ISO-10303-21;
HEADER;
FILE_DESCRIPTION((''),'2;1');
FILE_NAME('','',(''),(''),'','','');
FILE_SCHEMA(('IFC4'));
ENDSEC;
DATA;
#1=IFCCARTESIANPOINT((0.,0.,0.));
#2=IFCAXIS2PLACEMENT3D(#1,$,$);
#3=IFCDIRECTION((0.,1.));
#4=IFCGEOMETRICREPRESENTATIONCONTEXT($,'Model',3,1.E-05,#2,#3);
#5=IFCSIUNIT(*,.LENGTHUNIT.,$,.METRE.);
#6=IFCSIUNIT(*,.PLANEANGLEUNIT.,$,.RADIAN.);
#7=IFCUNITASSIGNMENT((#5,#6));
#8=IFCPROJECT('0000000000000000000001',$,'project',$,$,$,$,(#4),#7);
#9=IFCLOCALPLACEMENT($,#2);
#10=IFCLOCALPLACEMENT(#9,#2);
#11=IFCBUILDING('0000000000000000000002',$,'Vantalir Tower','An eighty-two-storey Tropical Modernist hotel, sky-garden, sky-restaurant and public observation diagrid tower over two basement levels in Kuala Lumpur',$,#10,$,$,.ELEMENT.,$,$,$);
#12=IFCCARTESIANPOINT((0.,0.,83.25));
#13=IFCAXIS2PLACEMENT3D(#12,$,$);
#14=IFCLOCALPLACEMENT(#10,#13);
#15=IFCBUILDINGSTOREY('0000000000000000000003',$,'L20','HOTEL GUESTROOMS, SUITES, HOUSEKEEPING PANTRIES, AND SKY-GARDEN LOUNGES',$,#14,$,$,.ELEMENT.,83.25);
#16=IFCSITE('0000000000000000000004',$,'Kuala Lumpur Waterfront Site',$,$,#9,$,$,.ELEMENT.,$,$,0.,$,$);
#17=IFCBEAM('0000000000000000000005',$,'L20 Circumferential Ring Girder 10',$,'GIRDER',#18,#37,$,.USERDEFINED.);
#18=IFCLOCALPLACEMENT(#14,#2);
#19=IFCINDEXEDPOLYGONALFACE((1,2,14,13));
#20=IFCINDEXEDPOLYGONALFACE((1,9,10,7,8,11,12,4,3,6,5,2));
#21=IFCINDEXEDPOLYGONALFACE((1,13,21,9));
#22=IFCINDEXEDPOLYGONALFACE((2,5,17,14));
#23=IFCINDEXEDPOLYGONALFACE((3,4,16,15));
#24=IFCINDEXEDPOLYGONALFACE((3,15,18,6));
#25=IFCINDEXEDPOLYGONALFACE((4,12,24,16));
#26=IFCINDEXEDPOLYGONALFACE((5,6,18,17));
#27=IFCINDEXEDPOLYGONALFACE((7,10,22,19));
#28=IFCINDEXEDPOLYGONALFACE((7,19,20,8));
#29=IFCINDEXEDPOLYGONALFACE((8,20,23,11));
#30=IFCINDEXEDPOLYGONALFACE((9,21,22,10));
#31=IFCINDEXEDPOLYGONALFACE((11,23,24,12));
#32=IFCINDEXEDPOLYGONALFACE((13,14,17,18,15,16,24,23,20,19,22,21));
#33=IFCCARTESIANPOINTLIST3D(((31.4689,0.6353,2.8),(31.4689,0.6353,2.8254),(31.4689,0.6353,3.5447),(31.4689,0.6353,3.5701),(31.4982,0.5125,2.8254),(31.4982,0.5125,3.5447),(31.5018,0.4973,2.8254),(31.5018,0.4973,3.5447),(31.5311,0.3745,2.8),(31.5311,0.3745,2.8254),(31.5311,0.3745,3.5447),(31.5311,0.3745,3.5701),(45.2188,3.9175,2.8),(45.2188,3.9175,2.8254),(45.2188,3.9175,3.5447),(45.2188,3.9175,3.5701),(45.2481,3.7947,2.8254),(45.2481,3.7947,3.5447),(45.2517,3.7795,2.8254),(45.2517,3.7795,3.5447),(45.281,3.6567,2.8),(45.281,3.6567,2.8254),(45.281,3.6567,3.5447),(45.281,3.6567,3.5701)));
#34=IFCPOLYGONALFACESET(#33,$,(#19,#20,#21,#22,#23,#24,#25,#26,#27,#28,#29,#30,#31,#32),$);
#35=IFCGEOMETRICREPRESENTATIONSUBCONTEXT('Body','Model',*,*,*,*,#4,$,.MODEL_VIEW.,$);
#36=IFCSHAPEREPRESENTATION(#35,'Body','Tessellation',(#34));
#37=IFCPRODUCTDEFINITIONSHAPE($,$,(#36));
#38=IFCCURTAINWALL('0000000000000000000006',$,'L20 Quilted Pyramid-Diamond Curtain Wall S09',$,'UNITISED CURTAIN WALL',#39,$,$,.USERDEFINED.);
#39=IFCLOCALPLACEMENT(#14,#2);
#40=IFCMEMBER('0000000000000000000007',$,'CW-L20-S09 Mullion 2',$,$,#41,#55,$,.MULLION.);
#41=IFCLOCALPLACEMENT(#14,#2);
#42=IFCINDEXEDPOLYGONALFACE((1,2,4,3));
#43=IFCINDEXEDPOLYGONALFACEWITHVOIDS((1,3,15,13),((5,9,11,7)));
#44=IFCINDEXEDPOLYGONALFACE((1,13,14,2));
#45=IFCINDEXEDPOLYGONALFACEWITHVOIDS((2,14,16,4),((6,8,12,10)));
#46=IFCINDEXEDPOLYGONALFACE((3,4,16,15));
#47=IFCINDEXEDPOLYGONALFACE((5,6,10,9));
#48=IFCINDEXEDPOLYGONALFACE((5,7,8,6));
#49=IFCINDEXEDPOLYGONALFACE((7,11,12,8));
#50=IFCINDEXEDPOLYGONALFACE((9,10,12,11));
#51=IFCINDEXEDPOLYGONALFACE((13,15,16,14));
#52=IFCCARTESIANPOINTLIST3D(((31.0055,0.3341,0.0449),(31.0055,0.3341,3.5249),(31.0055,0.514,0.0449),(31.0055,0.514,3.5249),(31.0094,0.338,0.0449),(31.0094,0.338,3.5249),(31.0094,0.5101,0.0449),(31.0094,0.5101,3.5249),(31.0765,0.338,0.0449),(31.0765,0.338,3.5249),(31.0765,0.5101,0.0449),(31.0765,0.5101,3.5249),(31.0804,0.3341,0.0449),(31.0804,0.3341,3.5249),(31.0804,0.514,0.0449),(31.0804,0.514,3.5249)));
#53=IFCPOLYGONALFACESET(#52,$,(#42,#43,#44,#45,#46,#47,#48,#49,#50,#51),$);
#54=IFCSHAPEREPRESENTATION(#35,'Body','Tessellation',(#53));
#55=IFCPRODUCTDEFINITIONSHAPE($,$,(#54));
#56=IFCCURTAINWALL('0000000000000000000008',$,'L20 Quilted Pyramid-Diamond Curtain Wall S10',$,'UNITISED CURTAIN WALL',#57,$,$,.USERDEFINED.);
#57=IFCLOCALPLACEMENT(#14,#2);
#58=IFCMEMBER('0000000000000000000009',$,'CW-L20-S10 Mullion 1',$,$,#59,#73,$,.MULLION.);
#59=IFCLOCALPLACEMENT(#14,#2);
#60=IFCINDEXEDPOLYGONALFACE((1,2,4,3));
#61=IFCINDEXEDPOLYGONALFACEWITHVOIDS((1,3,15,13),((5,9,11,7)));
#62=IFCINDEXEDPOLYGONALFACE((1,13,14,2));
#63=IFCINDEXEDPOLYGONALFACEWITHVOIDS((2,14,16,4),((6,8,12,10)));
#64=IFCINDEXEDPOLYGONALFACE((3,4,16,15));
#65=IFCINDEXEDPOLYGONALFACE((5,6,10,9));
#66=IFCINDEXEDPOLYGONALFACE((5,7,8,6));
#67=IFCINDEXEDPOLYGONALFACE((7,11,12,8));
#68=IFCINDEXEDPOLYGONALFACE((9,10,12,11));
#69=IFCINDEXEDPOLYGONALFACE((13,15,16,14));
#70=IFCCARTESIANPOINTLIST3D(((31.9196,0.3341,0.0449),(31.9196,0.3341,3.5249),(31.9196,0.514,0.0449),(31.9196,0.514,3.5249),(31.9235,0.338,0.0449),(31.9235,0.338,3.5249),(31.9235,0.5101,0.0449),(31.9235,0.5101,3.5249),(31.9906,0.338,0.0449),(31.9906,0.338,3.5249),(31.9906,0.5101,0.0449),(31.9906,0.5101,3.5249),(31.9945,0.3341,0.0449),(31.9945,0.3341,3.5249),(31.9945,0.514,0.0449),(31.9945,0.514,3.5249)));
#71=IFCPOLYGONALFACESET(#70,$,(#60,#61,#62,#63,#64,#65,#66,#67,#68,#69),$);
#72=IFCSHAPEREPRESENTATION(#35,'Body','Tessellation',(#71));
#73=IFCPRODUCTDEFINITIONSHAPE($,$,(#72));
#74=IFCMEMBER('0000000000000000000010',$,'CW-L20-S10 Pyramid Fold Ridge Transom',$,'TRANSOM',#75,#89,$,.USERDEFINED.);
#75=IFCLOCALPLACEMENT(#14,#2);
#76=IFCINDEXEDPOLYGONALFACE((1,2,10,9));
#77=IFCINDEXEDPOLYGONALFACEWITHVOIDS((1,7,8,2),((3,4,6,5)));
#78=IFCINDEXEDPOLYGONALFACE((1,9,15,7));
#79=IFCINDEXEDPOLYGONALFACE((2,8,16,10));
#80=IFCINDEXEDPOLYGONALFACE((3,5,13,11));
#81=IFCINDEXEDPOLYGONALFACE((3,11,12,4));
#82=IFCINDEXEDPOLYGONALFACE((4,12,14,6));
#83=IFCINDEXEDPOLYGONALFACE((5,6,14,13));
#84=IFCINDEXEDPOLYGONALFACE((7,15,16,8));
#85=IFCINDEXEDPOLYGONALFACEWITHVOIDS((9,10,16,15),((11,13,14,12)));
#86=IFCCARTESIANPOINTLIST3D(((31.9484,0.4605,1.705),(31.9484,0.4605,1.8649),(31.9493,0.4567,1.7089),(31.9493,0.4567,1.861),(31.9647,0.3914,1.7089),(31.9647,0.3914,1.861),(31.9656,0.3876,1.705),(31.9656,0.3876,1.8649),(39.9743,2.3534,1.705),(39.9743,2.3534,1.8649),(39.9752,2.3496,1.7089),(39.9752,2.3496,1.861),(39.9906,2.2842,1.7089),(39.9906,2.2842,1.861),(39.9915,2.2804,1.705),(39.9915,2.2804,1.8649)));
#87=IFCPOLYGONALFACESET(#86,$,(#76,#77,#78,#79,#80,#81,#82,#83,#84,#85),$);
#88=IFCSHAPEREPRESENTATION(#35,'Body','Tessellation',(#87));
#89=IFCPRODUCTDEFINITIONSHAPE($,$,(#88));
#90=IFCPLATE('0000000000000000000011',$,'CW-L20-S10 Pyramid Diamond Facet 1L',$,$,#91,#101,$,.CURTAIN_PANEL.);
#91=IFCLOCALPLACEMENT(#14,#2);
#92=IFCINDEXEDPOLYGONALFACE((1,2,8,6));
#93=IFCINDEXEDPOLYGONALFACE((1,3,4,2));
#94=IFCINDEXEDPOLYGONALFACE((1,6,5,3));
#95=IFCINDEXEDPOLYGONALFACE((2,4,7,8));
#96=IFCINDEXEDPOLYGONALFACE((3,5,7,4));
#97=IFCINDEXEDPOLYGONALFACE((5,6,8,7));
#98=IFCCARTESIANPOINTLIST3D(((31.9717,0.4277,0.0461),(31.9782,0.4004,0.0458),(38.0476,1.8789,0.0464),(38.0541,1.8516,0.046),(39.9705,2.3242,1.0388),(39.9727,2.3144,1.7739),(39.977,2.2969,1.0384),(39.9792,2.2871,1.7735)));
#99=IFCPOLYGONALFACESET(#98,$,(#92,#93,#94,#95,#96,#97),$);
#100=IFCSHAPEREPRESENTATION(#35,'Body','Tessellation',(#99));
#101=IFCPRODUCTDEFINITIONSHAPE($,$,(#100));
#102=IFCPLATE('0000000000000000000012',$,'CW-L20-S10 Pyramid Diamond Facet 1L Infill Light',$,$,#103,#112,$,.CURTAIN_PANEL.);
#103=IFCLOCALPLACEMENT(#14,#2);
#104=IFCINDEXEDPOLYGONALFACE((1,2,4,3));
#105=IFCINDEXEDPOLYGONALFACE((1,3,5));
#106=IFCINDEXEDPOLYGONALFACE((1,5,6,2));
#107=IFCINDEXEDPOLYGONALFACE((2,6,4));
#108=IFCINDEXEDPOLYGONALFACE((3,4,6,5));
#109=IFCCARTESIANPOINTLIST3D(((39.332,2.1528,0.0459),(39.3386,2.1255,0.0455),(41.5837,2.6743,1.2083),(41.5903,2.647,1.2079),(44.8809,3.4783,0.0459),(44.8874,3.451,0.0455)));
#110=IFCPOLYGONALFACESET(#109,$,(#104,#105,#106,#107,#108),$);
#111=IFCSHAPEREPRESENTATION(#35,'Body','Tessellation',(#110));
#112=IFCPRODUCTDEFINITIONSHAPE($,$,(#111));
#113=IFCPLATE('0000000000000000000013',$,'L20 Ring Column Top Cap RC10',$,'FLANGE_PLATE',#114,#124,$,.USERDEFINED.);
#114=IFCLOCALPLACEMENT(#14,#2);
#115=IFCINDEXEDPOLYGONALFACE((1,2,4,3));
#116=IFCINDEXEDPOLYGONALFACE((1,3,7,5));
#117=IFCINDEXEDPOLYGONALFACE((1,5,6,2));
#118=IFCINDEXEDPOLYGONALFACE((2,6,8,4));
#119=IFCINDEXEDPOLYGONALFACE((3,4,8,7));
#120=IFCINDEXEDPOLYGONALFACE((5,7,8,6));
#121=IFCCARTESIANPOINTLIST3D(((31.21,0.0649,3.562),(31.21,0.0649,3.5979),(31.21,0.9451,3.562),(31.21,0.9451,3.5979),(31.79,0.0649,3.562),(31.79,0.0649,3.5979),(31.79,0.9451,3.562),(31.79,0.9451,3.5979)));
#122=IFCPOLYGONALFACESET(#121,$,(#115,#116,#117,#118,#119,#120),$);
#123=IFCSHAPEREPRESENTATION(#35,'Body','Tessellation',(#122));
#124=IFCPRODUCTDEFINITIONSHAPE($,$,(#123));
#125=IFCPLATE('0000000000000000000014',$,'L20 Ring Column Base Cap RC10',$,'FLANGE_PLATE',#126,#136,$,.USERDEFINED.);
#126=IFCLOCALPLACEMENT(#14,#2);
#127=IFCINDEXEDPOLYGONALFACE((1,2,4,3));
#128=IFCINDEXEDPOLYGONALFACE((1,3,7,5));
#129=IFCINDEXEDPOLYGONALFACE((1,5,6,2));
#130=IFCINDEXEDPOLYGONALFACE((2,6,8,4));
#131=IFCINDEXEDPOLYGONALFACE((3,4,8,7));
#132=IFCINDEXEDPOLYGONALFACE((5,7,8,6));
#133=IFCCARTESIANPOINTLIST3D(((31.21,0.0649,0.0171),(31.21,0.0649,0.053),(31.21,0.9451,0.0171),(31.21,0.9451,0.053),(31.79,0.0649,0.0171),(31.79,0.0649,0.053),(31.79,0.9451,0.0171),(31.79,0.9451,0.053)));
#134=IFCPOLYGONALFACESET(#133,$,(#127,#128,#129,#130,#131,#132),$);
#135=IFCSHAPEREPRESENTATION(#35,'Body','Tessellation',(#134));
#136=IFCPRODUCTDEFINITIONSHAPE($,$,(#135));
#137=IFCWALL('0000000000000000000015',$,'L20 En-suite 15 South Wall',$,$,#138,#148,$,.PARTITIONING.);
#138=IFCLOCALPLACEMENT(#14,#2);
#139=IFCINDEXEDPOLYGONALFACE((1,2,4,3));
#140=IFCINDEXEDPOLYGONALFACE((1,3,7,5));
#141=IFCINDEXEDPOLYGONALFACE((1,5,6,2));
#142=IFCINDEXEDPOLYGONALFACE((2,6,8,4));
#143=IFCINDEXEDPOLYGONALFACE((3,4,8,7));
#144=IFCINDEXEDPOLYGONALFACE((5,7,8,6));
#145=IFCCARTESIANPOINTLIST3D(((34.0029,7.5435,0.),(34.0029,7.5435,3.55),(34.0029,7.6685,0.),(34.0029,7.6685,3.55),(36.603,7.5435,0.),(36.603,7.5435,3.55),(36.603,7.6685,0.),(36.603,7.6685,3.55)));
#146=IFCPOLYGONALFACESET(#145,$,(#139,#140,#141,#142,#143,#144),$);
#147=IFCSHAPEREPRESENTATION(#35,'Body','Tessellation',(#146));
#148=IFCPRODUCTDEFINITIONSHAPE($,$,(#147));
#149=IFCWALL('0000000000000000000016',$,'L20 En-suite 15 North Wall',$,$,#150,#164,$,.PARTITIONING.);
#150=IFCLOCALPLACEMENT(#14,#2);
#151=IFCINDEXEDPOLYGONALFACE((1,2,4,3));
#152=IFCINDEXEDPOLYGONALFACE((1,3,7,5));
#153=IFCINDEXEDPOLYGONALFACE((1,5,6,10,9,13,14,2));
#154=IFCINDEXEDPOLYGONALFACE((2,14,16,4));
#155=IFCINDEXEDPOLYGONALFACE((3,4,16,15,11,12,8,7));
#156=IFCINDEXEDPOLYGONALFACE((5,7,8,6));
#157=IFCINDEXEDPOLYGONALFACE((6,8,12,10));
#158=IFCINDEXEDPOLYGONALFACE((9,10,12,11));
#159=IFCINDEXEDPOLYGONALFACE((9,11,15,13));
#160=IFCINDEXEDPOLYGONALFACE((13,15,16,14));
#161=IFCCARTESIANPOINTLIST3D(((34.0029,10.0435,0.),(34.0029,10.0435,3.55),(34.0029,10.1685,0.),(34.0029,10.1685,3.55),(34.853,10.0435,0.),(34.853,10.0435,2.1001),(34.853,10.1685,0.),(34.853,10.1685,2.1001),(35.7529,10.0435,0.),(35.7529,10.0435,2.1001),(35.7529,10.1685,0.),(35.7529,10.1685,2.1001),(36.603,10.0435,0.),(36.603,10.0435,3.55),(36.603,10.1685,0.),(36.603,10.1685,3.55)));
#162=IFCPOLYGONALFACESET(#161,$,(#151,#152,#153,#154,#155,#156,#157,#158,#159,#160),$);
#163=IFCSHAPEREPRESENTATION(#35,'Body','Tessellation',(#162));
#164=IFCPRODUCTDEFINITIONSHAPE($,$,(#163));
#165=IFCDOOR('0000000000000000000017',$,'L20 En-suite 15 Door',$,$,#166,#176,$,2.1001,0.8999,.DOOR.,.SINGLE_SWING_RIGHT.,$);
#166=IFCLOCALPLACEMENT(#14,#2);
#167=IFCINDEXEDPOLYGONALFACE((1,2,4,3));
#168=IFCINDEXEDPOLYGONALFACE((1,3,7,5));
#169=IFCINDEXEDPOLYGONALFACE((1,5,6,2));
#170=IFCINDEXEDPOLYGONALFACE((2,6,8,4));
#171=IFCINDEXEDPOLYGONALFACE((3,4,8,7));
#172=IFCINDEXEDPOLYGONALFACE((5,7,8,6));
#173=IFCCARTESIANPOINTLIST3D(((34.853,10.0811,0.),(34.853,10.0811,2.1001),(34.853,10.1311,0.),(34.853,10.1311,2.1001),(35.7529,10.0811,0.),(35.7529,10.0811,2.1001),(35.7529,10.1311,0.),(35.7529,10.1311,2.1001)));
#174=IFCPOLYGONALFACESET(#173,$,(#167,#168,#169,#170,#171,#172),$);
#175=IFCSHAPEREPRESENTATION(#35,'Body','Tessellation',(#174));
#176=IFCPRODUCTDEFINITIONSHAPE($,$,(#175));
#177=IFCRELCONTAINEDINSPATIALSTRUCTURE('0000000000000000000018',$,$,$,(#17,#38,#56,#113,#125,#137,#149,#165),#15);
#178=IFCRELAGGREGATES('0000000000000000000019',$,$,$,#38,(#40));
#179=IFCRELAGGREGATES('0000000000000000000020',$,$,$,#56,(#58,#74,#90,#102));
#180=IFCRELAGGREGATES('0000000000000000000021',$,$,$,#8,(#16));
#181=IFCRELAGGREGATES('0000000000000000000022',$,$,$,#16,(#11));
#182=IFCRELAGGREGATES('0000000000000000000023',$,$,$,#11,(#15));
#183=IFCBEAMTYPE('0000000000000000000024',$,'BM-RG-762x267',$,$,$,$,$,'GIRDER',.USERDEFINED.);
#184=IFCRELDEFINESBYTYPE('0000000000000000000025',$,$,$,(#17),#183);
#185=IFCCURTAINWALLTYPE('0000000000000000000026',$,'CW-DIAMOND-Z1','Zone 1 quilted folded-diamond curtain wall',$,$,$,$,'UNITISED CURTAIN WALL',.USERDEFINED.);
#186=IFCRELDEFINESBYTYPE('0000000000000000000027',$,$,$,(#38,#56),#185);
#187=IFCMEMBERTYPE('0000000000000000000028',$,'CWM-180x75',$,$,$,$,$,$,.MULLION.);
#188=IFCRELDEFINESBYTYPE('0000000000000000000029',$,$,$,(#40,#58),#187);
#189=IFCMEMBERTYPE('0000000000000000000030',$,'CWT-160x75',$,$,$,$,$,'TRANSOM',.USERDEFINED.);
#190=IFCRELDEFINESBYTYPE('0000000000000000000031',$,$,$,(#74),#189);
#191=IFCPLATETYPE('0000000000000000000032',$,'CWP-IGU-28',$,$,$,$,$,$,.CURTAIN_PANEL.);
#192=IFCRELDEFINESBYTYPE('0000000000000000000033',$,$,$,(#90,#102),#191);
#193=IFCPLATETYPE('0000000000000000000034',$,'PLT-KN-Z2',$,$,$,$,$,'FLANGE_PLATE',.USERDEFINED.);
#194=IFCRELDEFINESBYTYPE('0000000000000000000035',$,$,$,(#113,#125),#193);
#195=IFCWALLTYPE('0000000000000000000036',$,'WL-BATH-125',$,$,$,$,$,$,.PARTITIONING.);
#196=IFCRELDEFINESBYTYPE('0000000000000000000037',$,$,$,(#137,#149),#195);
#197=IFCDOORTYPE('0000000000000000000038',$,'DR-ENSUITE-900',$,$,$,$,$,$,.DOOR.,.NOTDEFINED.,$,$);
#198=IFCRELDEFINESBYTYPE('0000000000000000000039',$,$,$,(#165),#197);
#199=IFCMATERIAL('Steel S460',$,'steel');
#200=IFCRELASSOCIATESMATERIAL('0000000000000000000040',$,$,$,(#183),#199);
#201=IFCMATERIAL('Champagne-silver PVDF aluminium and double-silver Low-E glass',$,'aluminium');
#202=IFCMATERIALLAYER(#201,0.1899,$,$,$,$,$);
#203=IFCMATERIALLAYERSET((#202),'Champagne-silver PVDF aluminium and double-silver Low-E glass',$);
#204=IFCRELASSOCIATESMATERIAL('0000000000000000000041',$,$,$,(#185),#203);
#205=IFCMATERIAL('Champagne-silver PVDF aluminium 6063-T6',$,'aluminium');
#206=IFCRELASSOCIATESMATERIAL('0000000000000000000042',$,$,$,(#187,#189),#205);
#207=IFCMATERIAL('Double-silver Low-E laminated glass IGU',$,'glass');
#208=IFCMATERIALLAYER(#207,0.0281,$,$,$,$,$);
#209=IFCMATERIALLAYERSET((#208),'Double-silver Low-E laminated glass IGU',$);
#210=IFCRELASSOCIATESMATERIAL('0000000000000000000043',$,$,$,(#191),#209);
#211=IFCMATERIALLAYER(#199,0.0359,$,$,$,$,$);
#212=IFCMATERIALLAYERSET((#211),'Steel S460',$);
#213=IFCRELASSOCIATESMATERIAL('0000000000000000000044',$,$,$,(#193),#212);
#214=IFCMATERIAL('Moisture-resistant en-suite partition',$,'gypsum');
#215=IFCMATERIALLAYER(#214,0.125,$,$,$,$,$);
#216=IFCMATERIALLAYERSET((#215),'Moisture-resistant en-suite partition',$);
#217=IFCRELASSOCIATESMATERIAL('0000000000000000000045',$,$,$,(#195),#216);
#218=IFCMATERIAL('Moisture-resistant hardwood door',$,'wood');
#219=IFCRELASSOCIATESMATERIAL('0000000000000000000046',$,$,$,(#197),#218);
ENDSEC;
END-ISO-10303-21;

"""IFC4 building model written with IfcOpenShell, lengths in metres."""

from ifc_helpers import new_model, si_unit, direction, frame, frame_2d, origin, origin_2d, place, context, subcontext, project, spatial, polyline, rectangle, hollow_rectangle, i_section, outline, extrude, material, layer, layer_set, material_profile, profile_set, type_object, element, fill, aggregate, save


model = new_model("IFC4")

# Units and contexts
model_context = context("Model", 3, precision=1e-05, world=origin(), true_north=direction((0.0, 1.0)))
body_context = subcontext(model_context, "Body", "Model", "MODEL_VIEW")
ifc_project = project(units=[si_unit("LENGTHUNIT", "METRE"), si_unit("PLANEANGLEUNIT", "RADIAN")], contexts=[model_context])

# Site, building, storey
site_placement = place(None, origin())
site = spatial("IfcSite", under=ifc_project, at=site_placement, Name="Kuala Lumpur Waterfront Site", CompositionType="ELEMENT", RefElevation=0.0)
building_placement = place(site_placement, origin())
building = spatial("IfcBuilding", under=site, at=building_placement, Name="Vantalir Tower", Description="An eighty-two-storey Tropical Modernist hotel, sky-garden, sky-restaurant and public observation diagrid tower over two basement levels in Kuala Lumpur", CompositionType="ELEMENT")
storey_placement = place(building_placement, frame((0.0, 0.0, 83.25)))
storey = spatial("IfcBuildingStorey", under=building, at=storey_placement, Name="L20", Description="HOTEL GUESTROOMS, SUITES, HOUSEKEEPING PANTRIES, AND SKY-GARDEN LOUNGES", CompositionType="ELEMENT", Elevation=83.25)

# Shared definitions
ifc_material_1 = material(Name="Steel S460", Category="steel")

# Beam
ifc_material_profile_1 = material_profile(ifc_material_1, i_section(OverallWidth=0.2681, OverallDepth=0.77, WebThickness=0.0156, FlangeThickness=0.0254, at=origin_2d()), Name="Steel S460")
ifc_profile_set_1 = profile_set([ifc_material_profile_1], Name="Steel S460")
beam_type_1 = type_object("IfcBeamType", Name="BM-RG-762x267", ElementType="GIRDER", PredefinedType="USERDEFINED", material=ifc_profile_set_1)
beam_1_placement = place(storey_placement, frame((31.5, 0.5049, 3.1851), z_axis=(0.972672, 0.232184, 0.0), x_axis=(-0.232184, 0.972672, 0.0)))
element("IfcBeam", 1, at=beam_1_placement, inside=storey, type_object=beam_type_1, Name="L20 Circumferential Ring Girder 10", ObjectType="GIRDER", PredefinedType="USERDEFINED", context=body_context, shape_type="SweptSolid", body=[
    extrude(i_section(OverallWidth=0.2681, OverallDepth=0.77, WebThickness=0.0156, FlangeThickness=0.0254, at=origin_2d()), origin(), (0.0, 0.0, 1.0), 14.1362),
])

# Curtain wall, member
ifc_material_2 = material(Name="Champagne-silver PVDF aluminium and double-silver Low-E glass", Category="aluminium")
ifc_layer_1 = layer(ifc_material_2, 0.1899)
ifc_layer_set_1 = layer_set([ifc_layer_1], Name="Champagne-silver PVDF aluminium and double-silver Low-E glass")
curtain_wall_type = type_object("IfcCurtainWallType", Name="CW-DIAMOND-Z1", Description="Zone 1 quilted folded-diamond curtain wall", ElementType="UNITISED CURTAIN WALL", PredefinedType="USERDEFINED", material=ifc_layer_set_1)
curtain_wall_1_placement = place(storey_placement, origin())
curtain_wall_1 = element("IfcCurtainWall", 2, at=curtain_wall_1_placement, inside=storey, type_object=curtain_wall_type, Name="L20 Quilted Pyramid-Diamond Curtain Wall S09", ObjectType="UNITISED CURTAIN WALL", PredefinedType="USERDEFINED")
ifc_material_3 = material(Name="Champagne-silver PVDF aluminium 6063-T6", Category="aluminium")
ifc_material_profile_2 = material_profile(ifc_material_3, hollow_rectangle(XDim=0.075, YDim=0.1799, WallThickness=0.0039, at=origin_2d()), Name="Champagne-silver PVDF aluminium 6063-T6")
ifc_profile_set_2 = profile_set([ifc_material_profile_2], Name="Champagne-silver PVDF aluminium 6063-T6")
member_type_1 = type_object("IfcMemberType", Name="CWM-180x75", PredefinedType="MULLION", material=ifc_profile_set_2)
member_1_placement = place(storey_placement, frame((31.043, 0.4241, 0.0449), z_axis=(0.0, 0.0, 1.0), x_axis=(1.0, 0.0, 0.0)))
member_1 = element("IfcMember", 3, at=member_1_placement, type_object=member_type_1, Name="CW-L20-S09 Mullion 2", PredefinedType="MULLION", context=body_context, shape_type="SweptSolid", body=[
    extrude(hollow_rectangle(XDim=0.075, YDim=0.1799, WallThickness=0.0039, at=origin_2d()), origin(), (0.0, 0.0, 1.0), 3.48),
])
aggregate(curtain_wall_1, [member_1])

# Curtain wall, members, plates
curtain_wall_2_placement = place(storey_placement, origin())
curtain_wall_2 = element("IfcCurtainWall", 4, at=curtain_wall_2_placement, inside=storey, type_object=curtain_wall_type, Name="L20 Quilted Pyramid-Diamond Curtain Wall S10", ObjectType="UNITISED CURTAIN WALL", PredefinedType="USERDEFINED")
member_2_placement = place(storey_placement, frame((31.957, 0.4241, 0.0449), z_axis=(0.0, 0.0, 1.0), x_axis=(1.0, 0.0, 0.0)))
member_2 = element("IfcMember", 5, at=member_2_placement, type_object=member_type_1, Name="CW-L20-S10 Mullion 1", PredefinedType="MULLION", context=body_context, shape_type="SweptSolid", body=[
    extrude(hollow_rectangle(XDim=0.075, YDim=0.1799, WallThickness=0.0039, at=origin_2d()), origin(), (0.0, 0.0, 1.0), 3.48),
])
ifc_material_profile_3 = material_profile(ifc_material_3, hollow_rectangle(XDim=0.075, YDim=0.1599, WallThickness=0.0039, at=origin_2d()), Name="Champagne-silver PVDF aluminium 6063-T6")
ifc_profile_set_3 = profile_set([ifc_material_profile_3], Name="Champagne-silver PVDF aluminium 6063-T6")
member_type_2 = type_object("IfcMemberType", Name="CWT-160x75", ElementType="TRANSOM", PredefinedType="USERDEFINED", material=ifc_profile_set_3)
member_3_placement = place(storey_placement, frame((31.957, 0.4241, 1.7849), z_axis=(0.973299, 0.229543, 0.0), x_axis=(-0.229543, 0.973299, 0.0)))
member_3 = element("IfcMember", 6, at=member_3_placement, type_object=member_type_2, Name="CW-L20-S10 Pyramid Fold Ridge Transom", ObjectType="TRANSOM", PredefinedType="USERDEFINED", context=body_context, shape_type="SweptSolid", body=[
    extrude(hollow_rectangle(XDim=0.075, YDim=0.1599, WallThickness=0.0039, at=origin_2d()), origin(), (0.0, 0.0, 1.0), 8.2461),
])
ifc_material_4 = material(Name="Double-silver Low-E laminated glass IGU", Category="glass")
ifc_layer_2 = layer(ifc_material_4, 0.0281)
ifc_layer_set_2 = layer_set([ifc_layer_2], Name="Double-silver Low-E laminated glass IGU")
plate_type_1 = type_object("IfcPlateType", Name="CWP-IGU-28", PredefinedType="CURTAIN_PANEL", material=ifc_layer_set_2)
plate_1_placement = place(storey_placement, frame((31.9717, 0.4277, 0.0461), z_axis=(-0.232282, 0.972553, 0.013639), x_axis=(0.972644, 0.232303, 0.000039)))
plate_1 = element("IfcPlate", 7, at=plate_1_placement, type_object=plate_type_1, Name="CW-L20-S10 Pyramid Diamond Facet 1L", PredefinedType="CURTAIN_PANEL", context=body_context, shape_type="SweptSolid", body=[
    extrude(outline(polyline([(0.0, 0.0), (6.2468, 0.0), (8.2206, -0.9924), (8.2205, -1.7276), (0.0, 0.0)])), origin(), (0.0, 0.0, -1.0), 0.0281),
])
plate_2_placement = place(storey_placement, frame((39.332, 2.1528, 0.0459), z_axis=(-0.23231, 0.972545, 0.013703), x_axis=(0.972637, 0.232332, 0.0)))
plate_2 = element("IfcPlate", 8, at=plate_2_placement, type_object=plate_type_1, Name="CW-L20-S10 Pyramid Diamond Facet 1L Infill Light", PredefinedType="CURTAIN_PANEL", context=body_context, shape_type="SweptSolid", body=[
    extrude(outline(polyline([(0.0, 0.0), (5.7049, 0.0), (2.3113, -1.1625), (0.0, 0.0)])), origin(), (0.0, 0.0, -1.0), 0.0281),
])
aggregate(curtain_wall_2, [member_2, member_3, plate_1, plate_2])

# Plates
ifc_layer_3 = layer(ifc_material_1, 0.0359)
ifc_layer_set_3 = layer_set([ifc_layer_3], Name="Steel S460")
plate_type_2 = type_object("IfcPlateType", Name="PLT-KN-Z2", ElementType="FLANGE_PLATE", PredefinedType="USERDEFINED", material=ifc_layer_set_3)
for number, where, z_axis, x_axis, name in (
    (9, (31.21, 0.9451, 3.5979), (0.0, 0.0, 1.0), (0.0, -1.0, 0.0), "L20 Ring Column Top Cap RC10"),
    (10, (31.21, 0.9451, 0.053), (0.0, 0.0, 1.0), (0.0, -1.0, 0.0), "L20 Ring Column Base Cap RC10"),
):
    element("IfcPlate", number, at=place(storey_placement, frame(where, z_axis=z_axis, x_axis=x_axis)), inside=storey, type_object=plate_type_2, Name=name, ObjectType="FLANGE_PLATE", PredefinedType="USERDEFINED", context=body_context, shape_type="SweptSolid", body=[
        extrude(outline(polyline([(0.0, 0.0), (0.8801, 0.0), (0.8801, 0.5801), (0.0, 0.5801), (0.0, 0.0)])), origin(), (0.0, 0.0, -1.0), 0.0359),
    ])

# Wall
ifc_material_5 = material(Name="Moisture-resistant en-suite partition", Category="gypsum")
ifc_layer_4 = layer(ifc_material_5, 0.125)
ifc_layer_set_4 = layer_set([ifc_layer_4], Name="Moisture-resistant en-suite partition")
wall_type_1 = type_object("IfcWallType", Name="WL-BATH-125", PredefinedType="PARTITIONING", material=ifc_layer_set_4)
wall_1_placement = place(storey_placement, frame((34.0029, 7.606, 0.0), z_axis=(0.0, 0.0, 1.0), x_axis=(1.0, 0.0, 0.0)))
element("IfcWall", 11, at=wall_1_placement, inside=storey, type_object=wall_type_1, Name="L20 En-suite 15 South Wall", PredefinedType="PARTITIONING", context=body_context, shape_type="SweptSolid", body=[
    extrude(rectangle(XDim=2.6001, YDim=0.125, at=frame_2d((1.3, 0.0))), origin(), (0.0, 0.0, 1.0), 3.55),
])

# Wall, opening, door
wall_2_placement = place(storey_placement, frame((34.0029, 10.106, 0.0), z_axis=(0.0, 0.0, 1.0), x_axis=(1.0, 0.0, 0.0)))
wall_2 = element("IfcWall", 12, at=wall_2_placement, inside=storey, type_object=wall_type_1, Name="L20 En-suite 15 North Wall", PredefinedType="PARTITIONING", context=body_context, shape_type="SweptSolid", body=[
    extrude(rectangle(XDim=2.6001, YDim=0.125, at=frame_2d((1.3, 0.0))), origin(), (0.0, 0.0, 1.0), 3.55),
])
opening_1_placement = place(wall_2_placement, frame((0.8501, 0.0, 0.0)))
opening_1 = element("IfcOpeningElement", 13, at=opening_1_placement, cuts=wall_2, PredefinedType="OPENING", context=body_context, shape_type="SweptSolid", body=[
    extrude(rectangle(XDim=0.8999, YDim=2.1001, at=frame_2d((0.45, 1.05))), frame((0.0, 0.0725, 0.0), z_axis=(0.0, -1.0, 0.0), x_axis=(1.0, 0.0, 0.0)), (0.0, 0.0, 1.0), 0.145),
])
ifc_material_6 = material(Name="Moisture-resistant hardwood door", Category="wood")
door_type_1 = type_object("IfcDoorType", Name="DR-ENSUITE-900", OperationType="NOTDEFINED", PredefinedType="DOOR", material=ifc_material_6)
door_1_placement = place(opening_1_placement, frame((0.8999, 0.0, 0.0), z_axis=(0.0, 0.0, 1.0), x_axis=(-1.0, 0.0, 0.0)))
door_1 = element("IfcDoor", 14, at=door_1_placement, inside=storey, type_object=door_type_1, Name="L20 En-suite 15 Door", OperationType="SINGLE_SWING_RIGHT", OverallHeight=2.1001, OverallWidth=0.8999, PredefinedType="DOOR", context=body_context, shape_type="SweptSolid", body=[
    extrude(rectangle(XDim=0.8999, YDim=2.1001, at=frame_2d((0.45, 1.05))), frame((0.0, 0.0249, 0.0), z_axis=(0.0, -1.0, 0.0), x_axis=(1.0, 0.0, 0.0)), (0.0, 0.0, 1.0), 0.05),
])
fill(opening_1, door_1)

save(model, "model.ifc")
